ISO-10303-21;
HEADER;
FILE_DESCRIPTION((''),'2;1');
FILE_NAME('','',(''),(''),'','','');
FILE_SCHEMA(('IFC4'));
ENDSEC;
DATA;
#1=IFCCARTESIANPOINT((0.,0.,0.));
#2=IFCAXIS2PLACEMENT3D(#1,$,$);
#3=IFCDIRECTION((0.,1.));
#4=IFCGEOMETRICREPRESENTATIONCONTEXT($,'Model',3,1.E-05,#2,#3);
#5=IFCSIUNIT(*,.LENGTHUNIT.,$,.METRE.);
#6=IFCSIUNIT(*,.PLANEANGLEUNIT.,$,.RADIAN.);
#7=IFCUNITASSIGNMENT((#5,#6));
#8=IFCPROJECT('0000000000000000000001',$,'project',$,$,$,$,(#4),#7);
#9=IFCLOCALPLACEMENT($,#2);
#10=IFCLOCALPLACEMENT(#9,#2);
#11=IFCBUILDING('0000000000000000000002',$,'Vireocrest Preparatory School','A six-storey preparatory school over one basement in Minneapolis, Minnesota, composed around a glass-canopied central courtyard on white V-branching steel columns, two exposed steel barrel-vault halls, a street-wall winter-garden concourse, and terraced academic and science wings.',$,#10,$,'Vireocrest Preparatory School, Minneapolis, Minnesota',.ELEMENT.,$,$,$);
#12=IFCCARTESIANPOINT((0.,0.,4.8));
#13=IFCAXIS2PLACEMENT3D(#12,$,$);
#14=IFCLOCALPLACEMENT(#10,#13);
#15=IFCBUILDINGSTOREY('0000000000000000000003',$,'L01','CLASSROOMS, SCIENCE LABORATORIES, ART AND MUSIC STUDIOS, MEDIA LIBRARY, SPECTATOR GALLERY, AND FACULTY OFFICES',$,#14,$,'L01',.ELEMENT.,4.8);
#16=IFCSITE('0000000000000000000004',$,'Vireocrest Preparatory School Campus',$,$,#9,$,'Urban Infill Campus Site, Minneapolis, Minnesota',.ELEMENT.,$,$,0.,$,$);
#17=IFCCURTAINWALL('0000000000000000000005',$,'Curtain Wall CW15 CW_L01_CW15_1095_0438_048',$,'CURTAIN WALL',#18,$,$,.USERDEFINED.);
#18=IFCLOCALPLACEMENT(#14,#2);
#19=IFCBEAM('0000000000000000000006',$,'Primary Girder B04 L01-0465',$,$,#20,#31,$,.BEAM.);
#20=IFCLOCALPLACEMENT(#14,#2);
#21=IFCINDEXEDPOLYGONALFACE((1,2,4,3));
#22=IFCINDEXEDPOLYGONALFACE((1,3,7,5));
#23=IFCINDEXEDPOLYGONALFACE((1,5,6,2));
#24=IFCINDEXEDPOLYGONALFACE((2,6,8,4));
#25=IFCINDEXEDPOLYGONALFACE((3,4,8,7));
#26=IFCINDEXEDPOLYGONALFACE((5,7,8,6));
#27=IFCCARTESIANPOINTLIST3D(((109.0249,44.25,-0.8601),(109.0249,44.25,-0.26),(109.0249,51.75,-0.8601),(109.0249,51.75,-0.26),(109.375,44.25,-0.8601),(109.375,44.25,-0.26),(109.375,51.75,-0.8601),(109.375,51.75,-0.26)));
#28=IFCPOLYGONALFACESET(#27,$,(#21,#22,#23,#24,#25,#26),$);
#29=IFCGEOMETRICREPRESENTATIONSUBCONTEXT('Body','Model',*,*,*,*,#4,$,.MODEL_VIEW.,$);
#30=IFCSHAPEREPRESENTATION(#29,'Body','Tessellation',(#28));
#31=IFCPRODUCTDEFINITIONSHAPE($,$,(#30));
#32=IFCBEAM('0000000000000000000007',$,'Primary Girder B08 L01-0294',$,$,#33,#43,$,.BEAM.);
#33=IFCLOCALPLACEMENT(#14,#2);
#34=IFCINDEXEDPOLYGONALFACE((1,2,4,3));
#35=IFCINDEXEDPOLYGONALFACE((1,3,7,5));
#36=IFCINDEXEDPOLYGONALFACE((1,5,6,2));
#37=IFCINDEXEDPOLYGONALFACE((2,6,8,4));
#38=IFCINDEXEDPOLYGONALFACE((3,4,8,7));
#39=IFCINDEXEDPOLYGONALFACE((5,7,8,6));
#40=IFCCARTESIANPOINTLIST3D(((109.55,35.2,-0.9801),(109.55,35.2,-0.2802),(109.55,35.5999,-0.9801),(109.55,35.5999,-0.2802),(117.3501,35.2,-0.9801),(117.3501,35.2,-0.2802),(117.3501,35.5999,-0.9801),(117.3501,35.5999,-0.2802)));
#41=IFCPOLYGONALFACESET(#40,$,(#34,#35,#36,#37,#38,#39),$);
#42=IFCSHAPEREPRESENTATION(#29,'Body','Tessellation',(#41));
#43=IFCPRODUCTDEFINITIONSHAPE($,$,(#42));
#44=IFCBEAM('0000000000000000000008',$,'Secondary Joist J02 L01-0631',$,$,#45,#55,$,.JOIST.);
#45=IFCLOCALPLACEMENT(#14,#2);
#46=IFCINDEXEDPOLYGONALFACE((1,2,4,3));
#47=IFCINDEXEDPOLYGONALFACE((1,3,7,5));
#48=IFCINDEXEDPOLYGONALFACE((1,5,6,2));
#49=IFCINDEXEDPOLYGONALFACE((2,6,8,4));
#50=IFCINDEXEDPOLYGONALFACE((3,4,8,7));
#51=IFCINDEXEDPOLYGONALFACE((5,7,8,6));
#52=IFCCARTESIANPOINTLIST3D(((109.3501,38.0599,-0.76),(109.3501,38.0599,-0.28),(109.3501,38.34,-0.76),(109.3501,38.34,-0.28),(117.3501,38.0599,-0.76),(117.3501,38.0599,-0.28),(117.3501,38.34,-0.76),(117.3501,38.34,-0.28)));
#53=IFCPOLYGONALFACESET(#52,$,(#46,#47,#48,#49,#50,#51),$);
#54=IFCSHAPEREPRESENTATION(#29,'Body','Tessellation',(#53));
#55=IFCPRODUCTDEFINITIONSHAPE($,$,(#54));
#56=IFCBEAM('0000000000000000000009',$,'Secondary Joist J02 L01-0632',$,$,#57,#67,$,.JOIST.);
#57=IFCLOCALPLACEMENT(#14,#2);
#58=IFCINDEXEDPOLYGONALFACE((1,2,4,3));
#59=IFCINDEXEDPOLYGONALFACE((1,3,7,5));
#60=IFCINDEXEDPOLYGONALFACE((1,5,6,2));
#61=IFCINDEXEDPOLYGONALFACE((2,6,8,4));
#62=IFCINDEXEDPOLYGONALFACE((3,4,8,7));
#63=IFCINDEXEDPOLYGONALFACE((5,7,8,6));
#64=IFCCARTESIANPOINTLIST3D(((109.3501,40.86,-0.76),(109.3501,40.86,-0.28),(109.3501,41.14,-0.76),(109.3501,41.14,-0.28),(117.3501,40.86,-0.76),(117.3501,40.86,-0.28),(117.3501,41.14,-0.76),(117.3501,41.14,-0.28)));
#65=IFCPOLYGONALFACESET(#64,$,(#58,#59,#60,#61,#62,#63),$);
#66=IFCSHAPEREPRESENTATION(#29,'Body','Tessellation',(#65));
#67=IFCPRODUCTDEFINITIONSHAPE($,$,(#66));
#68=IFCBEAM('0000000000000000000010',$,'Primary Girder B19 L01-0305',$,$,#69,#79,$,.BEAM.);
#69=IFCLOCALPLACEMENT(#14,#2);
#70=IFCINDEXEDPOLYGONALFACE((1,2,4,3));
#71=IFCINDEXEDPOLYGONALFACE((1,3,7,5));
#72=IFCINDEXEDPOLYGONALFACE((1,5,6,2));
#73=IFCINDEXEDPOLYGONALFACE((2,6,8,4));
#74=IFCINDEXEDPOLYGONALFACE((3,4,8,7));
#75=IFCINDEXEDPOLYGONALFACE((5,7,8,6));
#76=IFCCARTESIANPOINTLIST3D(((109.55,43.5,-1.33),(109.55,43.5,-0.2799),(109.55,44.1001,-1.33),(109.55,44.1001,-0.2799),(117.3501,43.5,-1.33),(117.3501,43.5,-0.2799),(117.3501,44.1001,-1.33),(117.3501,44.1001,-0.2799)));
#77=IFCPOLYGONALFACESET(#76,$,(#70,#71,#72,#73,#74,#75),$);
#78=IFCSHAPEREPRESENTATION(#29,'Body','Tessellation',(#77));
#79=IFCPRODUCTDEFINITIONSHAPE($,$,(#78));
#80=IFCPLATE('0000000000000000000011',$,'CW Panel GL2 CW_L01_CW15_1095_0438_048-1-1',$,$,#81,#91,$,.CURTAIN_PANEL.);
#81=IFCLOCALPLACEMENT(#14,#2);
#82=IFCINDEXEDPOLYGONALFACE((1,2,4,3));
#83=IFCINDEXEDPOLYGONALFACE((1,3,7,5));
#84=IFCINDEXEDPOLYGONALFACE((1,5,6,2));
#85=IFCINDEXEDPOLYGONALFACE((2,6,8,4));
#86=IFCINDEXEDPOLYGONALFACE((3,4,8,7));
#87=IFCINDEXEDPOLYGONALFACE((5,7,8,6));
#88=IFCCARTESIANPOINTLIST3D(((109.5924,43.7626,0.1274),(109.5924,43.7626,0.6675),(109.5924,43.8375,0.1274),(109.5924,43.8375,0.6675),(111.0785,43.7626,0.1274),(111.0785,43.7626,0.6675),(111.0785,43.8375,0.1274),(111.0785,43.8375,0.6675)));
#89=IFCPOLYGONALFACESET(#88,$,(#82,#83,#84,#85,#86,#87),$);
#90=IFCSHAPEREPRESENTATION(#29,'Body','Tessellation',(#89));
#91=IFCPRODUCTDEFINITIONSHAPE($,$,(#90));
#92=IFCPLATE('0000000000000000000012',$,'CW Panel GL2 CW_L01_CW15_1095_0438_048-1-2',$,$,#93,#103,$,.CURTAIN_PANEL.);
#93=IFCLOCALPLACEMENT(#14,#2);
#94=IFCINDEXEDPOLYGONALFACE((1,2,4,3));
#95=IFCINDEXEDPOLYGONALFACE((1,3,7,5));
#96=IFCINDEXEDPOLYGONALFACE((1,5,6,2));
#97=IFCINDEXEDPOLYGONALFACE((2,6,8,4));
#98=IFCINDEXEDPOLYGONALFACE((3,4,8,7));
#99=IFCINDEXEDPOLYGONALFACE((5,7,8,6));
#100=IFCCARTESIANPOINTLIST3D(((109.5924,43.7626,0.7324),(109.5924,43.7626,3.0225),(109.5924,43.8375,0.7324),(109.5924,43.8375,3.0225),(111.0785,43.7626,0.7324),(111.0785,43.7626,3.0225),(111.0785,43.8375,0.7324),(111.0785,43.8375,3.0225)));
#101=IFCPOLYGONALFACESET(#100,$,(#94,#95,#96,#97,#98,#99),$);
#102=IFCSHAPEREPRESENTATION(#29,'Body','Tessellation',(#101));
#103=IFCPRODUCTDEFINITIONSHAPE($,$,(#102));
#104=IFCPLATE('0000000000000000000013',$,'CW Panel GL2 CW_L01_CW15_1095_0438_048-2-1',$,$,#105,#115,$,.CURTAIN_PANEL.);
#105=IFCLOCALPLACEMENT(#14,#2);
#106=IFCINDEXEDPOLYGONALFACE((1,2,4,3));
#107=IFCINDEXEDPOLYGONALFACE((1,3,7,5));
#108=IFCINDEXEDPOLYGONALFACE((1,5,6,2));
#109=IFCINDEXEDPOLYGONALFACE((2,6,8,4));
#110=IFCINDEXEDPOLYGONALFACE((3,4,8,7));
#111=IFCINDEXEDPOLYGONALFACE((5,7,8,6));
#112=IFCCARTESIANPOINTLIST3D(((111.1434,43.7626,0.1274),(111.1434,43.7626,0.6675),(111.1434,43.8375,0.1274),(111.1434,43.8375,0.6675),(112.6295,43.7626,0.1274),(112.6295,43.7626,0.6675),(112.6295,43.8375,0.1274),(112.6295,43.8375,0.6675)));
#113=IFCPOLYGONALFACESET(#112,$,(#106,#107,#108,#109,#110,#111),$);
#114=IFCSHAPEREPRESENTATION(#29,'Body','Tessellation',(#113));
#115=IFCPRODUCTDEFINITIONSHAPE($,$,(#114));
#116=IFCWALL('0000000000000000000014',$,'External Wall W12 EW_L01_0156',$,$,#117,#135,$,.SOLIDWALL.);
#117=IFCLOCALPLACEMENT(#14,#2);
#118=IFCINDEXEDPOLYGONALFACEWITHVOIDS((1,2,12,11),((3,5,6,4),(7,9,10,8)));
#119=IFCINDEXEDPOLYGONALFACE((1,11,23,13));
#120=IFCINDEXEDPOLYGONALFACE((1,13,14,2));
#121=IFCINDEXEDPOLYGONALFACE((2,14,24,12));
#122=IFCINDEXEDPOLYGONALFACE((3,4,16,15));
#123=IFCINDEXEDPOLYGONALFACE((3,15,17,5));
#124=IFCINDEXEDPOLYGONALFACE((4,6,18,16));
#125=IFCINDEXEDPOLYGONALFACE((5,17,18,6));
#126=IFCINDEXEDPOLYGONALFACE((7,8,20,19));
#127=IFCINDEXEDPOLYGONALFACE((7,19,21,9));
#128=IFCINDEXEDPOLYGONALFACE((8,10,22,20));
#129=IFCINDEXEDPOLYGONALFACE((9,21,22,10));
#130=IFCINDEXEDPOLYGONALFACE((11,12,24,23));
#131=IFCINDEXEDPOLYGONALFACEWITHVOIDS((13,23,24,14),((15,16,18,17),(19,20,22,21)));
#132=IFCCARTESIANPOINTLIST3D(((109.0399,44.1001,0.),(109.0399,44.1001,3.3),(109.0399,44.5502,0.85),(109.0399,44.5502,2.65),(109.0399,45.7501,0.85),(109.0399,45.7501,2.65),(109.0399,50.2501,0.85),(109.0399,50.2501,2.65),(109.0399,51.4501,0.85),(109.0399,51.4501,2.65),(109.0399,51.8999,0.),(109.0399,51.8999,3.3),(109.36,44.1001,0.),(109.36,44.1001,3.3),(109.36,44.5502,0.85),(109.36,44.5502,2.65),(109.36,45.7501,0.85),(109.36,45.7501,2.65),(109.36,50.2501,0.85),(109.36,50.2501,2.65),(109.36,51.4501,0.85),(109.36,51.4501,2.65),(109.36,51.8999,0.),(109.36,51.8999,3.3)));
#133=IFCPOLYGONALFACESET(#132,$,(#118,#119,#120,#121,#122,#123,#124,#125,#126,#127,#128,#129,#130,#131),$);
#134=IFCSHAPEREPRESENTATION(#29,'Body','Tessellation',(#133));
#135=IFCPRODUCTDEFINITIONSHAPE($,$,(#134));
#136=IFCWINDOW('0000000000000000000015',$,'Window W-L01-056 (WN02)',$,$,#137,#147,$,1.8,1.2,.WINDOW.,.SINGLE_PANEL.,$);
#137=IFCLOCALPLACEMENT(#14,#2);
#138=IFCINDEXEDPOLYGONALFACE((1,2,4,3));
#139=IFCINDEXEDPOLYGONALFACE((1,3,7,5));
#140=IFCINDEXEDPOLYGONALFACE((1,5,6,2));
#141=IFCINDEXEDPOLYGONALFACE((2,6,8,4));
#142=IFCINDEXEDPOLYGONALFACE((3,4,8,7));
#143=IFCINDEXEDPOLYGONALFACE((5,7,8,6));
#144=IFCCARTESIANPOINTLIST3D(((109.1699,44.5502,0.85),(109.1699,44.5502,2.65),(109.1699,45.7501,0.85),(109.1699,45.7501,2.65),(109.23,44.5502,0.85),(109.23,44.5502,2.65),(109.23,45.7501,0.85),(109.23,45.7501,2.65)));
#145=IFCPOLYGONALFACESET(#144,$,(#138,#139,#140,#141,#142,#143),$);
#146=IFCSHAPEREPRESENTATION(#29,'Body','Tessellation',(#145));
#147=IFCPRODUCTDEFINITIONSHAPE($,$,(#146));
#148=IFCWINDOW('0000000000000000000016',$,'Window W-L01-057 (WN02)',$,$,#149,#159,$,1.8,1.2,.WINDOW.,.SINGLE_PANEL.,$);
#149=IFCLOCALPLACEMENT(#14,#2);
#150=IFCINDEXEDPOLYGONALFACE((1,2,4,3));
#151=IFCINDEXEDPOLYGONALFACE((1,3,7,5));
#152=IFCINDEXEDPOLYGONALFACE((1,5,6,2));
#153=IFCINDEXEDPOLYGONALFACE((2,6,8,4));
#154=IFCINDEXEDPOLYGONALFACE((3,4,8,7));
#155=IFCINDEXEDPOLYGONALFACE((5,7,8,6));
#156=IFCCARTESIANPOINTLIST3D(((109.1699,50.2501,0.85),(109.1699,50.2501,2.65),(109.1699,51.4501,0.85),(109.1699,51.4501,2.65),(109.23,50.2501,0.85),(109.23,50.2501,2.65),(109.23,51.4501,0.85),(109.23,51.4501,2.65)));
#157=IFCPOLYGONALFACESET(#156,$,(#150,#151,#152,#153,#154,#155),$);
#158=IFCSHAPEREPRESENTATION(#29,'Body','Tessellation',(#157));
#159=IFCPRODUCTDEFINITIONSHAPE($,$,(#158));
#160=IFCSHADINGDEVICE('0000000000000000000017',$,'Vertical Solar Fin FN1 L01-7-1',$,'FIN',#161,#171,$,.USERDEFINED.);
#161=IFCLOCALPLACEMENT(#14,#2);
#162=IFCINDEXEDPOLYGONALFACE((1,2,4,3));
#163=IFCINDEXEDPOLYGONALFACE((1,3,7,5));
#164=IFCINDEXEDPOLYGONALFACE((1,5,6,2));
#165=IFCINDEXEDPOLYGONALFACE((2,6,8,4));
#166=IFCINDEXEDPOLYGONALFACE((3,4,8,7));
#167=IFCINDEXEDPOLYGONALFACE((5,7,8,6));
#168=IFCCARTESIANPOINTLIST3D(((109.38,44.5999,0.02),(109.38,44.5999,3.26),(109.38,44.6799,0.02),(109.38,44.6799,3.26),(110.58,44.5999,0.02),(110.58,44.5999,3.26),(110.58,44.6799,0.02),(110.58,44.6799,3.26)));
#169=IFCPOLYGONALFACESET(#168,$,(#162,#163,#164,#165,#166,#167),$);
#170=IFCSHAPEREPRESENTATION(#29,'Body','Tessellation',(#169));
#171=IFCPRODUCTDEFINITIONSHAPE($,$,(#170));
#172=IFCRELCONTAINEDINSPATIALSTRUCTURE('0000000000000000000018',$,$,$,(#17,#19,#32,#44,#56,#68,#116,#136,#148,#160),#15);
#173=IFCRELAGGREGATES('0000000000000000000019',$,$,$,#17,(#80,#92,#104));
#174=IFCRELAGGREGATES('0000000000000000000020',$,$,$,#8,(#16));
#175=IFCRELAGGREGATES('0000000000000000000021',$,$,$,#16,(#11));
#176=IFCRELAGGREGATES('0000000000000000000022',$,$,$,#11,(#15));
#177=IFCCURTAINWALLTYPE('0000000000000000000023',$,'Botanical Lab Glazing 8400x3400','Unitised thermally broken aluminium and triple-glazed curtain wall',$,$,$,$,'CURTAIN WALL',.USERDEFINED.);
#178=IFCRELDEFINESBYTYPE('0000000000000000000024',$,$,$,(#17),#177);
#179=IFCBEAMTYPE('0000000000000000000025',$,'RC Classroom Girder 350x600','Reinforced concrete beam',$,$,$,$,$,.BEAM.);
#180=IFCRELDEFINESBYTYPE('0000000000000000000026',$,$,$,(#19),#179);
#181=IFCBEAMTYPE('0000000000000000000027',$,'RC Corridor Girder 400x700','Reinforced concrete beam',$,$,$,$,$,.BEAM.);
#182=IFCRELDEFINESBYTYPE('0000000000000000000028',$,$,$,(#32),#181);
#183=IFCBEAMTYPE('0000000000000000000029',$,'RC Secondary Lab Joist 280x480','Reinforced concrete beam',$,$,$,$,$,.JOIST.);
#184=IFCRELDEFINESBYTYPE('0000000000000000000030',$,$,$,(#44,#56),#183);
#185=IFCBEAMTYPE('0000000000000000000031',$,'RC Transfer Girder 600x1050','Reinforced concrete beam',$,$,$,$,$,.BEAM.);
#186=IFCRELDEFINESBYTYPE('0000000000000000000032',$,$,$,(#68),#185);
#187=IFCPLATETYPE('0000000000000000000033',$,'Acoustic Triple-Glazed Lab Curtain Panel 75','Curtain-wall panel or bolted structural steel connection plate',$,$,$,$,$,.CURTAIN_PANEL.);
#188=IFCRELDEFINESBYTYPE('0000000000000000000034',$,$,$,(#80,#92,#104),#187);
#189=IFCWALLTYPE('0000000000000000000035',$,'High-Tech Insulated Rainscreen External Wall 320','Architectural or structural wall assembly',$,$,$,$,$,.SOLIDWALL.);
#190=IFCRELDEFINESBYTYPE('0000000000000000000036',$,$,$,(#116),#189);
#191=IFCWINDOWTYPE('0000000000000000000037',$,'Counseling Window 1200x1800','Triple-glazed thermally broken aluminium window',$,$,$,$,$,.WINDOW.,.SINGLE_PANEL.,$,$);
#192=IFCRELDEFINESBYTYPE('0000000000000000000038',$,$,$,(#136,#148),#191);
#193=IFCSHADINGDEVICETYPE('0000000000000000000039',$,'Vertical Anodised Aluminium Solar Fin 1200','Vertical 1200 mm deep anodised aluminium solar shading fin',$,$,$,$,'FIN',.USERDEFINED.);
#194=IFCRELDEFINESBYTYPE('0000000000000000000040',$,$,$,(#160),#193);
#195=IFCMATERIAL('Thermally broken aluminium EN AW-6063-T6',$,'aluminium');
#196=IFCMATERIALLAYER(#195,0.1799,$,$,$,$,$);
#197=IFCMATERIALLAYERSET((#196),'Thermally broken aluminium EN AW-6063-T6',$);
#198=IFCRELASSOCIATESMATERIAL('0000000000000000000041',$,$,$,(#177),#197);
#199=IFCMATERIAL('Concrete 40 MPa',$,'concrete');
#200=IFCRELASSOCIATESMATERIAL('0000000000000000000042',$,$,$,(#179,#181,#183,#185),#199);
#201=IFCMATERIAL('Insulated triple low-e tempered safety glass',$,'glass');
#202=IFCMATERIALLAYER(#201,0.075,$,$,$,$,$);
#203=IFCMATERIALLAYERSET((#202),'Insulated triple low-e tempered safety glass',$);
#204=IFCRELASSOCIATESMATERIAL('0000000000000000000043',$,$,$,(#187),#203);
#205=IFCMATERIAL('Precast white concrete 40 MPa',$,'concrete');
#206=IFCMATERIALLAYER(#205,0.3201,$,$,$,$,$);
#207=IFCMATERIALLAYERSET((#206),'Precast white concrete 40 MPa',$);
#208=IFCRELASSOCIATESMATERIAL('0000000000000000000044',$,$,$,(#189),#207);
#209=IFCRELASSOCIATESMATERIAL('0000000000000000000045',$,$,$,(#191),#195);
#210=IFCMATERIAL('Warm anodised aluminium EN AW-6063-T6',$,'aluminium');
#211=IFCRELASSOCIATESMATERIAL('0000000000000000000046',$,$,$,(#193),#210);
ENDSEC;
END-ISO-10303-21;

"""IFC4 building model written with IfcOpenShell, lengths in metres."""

from ifc_helpers import new_model, si_unit, direction, frame, frame_2d, origin, origin_2d, place, context, subcontext, project, spatial, rectangle, extrude, material, layer, layer_set, material_profile, profile_set, type_object, element, fill, aggregate, save


model = new_model("IFC4")

# Units and contexts
model_context = context("Model", 3, precision=1e-05, world=origin(), true_north=direction((0.0, 1.0)))
body_context = subcontext(model_context, "Body", "Model", "MODEL_VIEW")
ifc_project = project(units=[si_unit("LENGTHUNIT", "METRE"), si_unit("PLANEANGLEUNIT", "RADIAN")], contexts=[model_context])

# Site, building, storey
site_placement = place(None, origin())
site = spatial("IfcSite", under=ifc_project, at=site_placement, Name="Vireocrest Preparatory School Campus", LongName="Urban Infill Campus Site, Minneapolis, Minnesota", CompositionType="ELEMENT", RefElevation=0.0)
building_placement = place(site_placement, origin())
building = spatial("IfcBuilding", under=site, at=building_placement, Name="Vireocrest Preparatory School", Description="A six-storey preparatory school over one basement in Minneapolis, Minnesota, composed around a glass-canopied central courtyard on white V-branching steel columns, two exposed steel barrel-vault halls, a street-wall winter-garden concourse, and terraced academic and science wings.", LongName="Vireocrest Preparatory School, Minneapolis, Minnesota", CompositionType="ELEMENT")
storey_placement = place(building_placement, frame((0.0, 0.0, 4.8)))
storey = spatial("IfcBuildingStorey", under=building, at=storey_placement, Name="L01", Description="CLASSROOMS, SCIENCE LABORATORIES, ART AND MUSIC STUDIOS, MEDIA LIBRARY, SPECTATOR GALLERY, AND FACULTY OFFICES", LongName="L01", CompositionType="ELEMENT", Elevation=4.8)

# Curtain wall
ifc_material_1 = material(Name="Thermally broken aluminium EN AW-6063-T6", Category="aluminium")
ifc_layer_1 = layer(ifc_material_1, 0.1799)
ifc_layer_set_1 = layer_set([ifc_layer_1], Name="Thermally broken aluminium EN AW-6063-T6")
curtain_wall_type = type_object("IfcCurtainWallType", Name="Botanical Lab Glazing 8400x3400", Description="Unitised thermally broken aluminium and triple-glazed curtain wall", ElementType="CURTAIN WALL", PredefinedType="USERDEFINED", material=ifc_layer_set_1)
curtain_wall_placement = place(storey_placement, origin())
curtain_wall = element("IfcCurtainWall", 1, at=curtain_wall_placement, inside=storey, type_object=curtain_wall_type, Name="Curtain Wall CW15 CW_L01_CW15_1095_0438_048", ObjectType="CURTAIN WALL", PredefinedType="USERDEFINED")

# Beams
ifc_material_2 = material(Name="Concrete 40 MPa", Category="concrete")
ifc_material_profile_1 = material_profile(ifc_material_2, rectangle(XDim=0.3501, YDim=0.6001, at=origin_2d()), Name="RC 350x600")
ifc_profile_set_1 = profile_set([ifc_material_profile_1], Name="Concrete 40 MPa")
beam_type_1 = type_object("IfcBeamType", Name="RC Classroom Girder 350x600", Description="Reinforced concrete beam", PredefinedType="BEAM", material=ifc_profile_set_1)
beam_1_placement = place(storey_placement, frame((109.2, 44.25, -0.5601), z_axis=(0.0, 1.0, 0.0), x_axis=(-1.0, 0.0, 0.0)))
element("IfcBeam", 2, at=beam_1_placement, inside=storey, type_object=beam_type_1, Name="Primary Girder B04 L01-0465", PredefinedType="BEAM", context=body_context, shape_type="SweptSolid", body=[
    extrude(rectangle(XDim=0.3501, YDim=0.6001, at=origin_2d()), origin(), (0.0, 0.0, 1.0), 7.5),
])
ifc_material_profile_2 = material_profile(ifc_material_2, rectangle(XDim=0.3999, YDim=0.7, at=origin_2d()), Name="RC 400x700")
ifc_profile_set_2 = profile_set([ifc_material_profile_2], Name="Concrete 40 MPa")
beam_type_2 = type_object("IfcBeamType", Name="RC Corridor Girder 400x700", Description="Reinforced concrete beam", PredefinedType="BEAM", material=ifc_profile_set_2)
beam_2_placement = place(storey_placement, frame((109.55, 35.3999, -0.6301), z_axis=(1.0, 0.0, 0.0), x_axis=(0.0, 1.0, 0.0)))
element("IfcBeam", 3, at=beam_2_placement, inside=storey, type_object=beam_type_2, Name="Primary Girder B08 L01-0294", PredefinedType="BEAM", context=body_context, shape_type="SweptSolid", body=[
    extrude(rectangle(XDim=0.3999, YDim=0.7, at=origin_2d()), origin(), (0.0, 0.0, 1.0), 7.8),
])
ifc_material_profile_3 = material_profile(ifc_material_2, rectangle(XDim=0.28, YDim=0.48, at=origin_2d()), Name="RC 280x480")
ifc_profile_set_3 = profile_set([ifc_material_profile_3], Name="Concrete 40 MPa")
beam_type_3 = type_object("IfcBeamType", Name="RC Secondary Lab Joist 280x480", Description="Reinforced concrete beam", PredefinedType="JOIST", material=ifc_profile_set_3)
for number, where, z_axis, x_axis, name in (
    (4, (109.3501, 38.2, -0.52), (1.0, 0.0, 0.0), (0.0, 1.0, 0.0), "Secondary Joist J02 L01-0631"),
    (5, (109.3501, 41.0, -0.52), (1.0, 0.0, 0.0), (0.0, 1.0, 0.0), "Secondary Joist J02 L01-0632"),
):
    element("IfcBeam", number, at=place(storey_placement, frame(where, z_axis=z_axis, x_axis=x_axis)), inside=storey, type_object=beam_type_3, Name=name, PredefinedType="JOIST", context=body_context, shape_type="SweptSolid", body=[
        extrude(rectangle(XDim=0.28, YDim=0.48, at=origin_2d()), origin(), (0.0, 0.0, 1.0), 8.0),
    ])
ifc_material_profile_4 = material_profile(ifc_material_2, rectangle(XDim=0.6001, YDim=1.05, at=origin_2d()), Name="RC 600x1050")
ifc_profile_set_4 = profile_set([ifc_material_profile_4], Name="Concrete 40 MPa")
beam_type_4 = type_object("IfcBeamType", Name="RC Transfer Girder 600x1050", Description="Reinforced concrete beam", PredefinedType="BEAM", material=ifc_profile_set_4)
beam_3_placement = place(storey_placement, frame((109.55, 43.8, -0.8049), z_axis=(1.0, 0.0, 0.0), x_axis=(0.0, 1.0, 0.0)))
element("IfcBeam", 6, at=beam_3_placement, inside=storey, type_object=beam_type_4, Name="Primary Girder B19 L01-0305", PredefinedType="BEAM", context=body_context, shape_type="SweptSolid", body=[
    extrude(rectangle(XDim=0.6001, YDim=1.05, at=origin_2d()), origin(), (0.0, 0.0, 1.0), 7.8),
])

# Plates
ifc_material_3 = material(Name="Insulated triple low-e tempered safety glass", Category="glass")
ifc_layer_2 = layer(ifc_material_3, 0.075)
ifc_layer_set_2 = layer_set([ifc_layer_2], Name="Insulated triple low-e tempered safety glass")
plate_type = type_object("IfcPlateType", Name="Acoustic Triple-Glazed Lab Curtain Panel 75", Description="Curtain-wall panel or bolted structural steel connection plate", PredefinedType="CURTAIN_PANEL", material=ifc_layer_set_2)
plate_1_placement = place(storey_placement, frame((110.3354, 43.8, 0.1274), z_axis=(0.0, 0.0, 1.0), x_axis=(1.0, 0.0, 0.0)))
plate_1 = element("IfcPlate", 7, at=plate_1_placement, type_object=plate_type, Name="CW Panel GL2 CW_L01_CW15_1095_0438_048-1-1", PredefinedType="CURTAIN_PANEL", context=body_context, shape_type="SweptSolid", body=[
    extrude(rectangle(XDim=1.4861, YDim=0.075, at=origin_2d()), origin(), (0.0, 0.0, 1.0), 0.54),
])
plate_2_placement = place(storey_placement, frame((110.3354, 43.8, 0.7324), z_axis=(0.0, 0.0, 1.0), x_axis=(1.0, 0.0, 0.0)))
plate_2 = element("IfcPlate", 8, at=plate_2_placement, type_object=plate_type, Name="CW Panel GL2 CW_L01_CW15_1095_0438_048-1-2", PredefinedType="CURTAIN_PANEL", context=body_context, shape_type="SweptSolid", body=[
    extrude(rectangle(XDim=1.4861, YDim=0.075, at=origin_2d()), origin(), (0.0, 0.0, 1.0), 2.29),
])
plate_3_placement = place(storey_placement, frame((111.8865, 43.8, 0.1274), z_axis=(0.0, 0.0, 1.0), x_axis=(1.0, 0.0, 0.0)))
plate_3 = element("IfcPlate", 9, at=plate_3_placement, type_object=plate_type, Name="CW Panel GL2 CW_L01_CW15_1095_0438_048-2-1", PredefinedType="CURTAIN_PANEL", context=body_context, shape_type="SweptSolid", body=[
    extrude(rectangle(XDim=1.4861, YDim=0.075, at=origin_2d()), origin(), (0.0, 0.0, 1.0), 0.54),
])
aggregate(curtain_wall, [plate_1, plate_2, plate_3])

# Wall, openings, windows
ifc_material_4 = material(Name="Precast white concrete 40 MPa", Category="concrete")
ifc_layer_3 = layer(ifc_material_4, 0.3201)
ifc_layer_set_3 = layer_set([ifc_layer_3], Name="Precast white concrete 40 MPa")
wall_type = type_object("IfcWallType", Name="High-Tech Insulated Rainscreen External Wall 320", Description="Architectural or structural wall assembly", PredefinedType="SOLIDWALL", material=ifc_layer_set_3)
wall_placement = place(storey_placement, frame((109.2, 44.1001, 0.0), z_axis=(0.0, 0.0, 1.0), x_axis=(0.0, 1.0, 0.0)))
wall = element("IfcWall", 10, at=wall_placement, inside=storey, type_object=wall_type, Name="External Wall W12 EW_L01_0156", PredefinedType="SOLIDWALL", context=body_context, shape_type="SweptSolid", body=[
    extrude(rectangle(XDim=7.7998, YDim=0.3201, at=frame_2d((3.8999, 0.0))), origin(), (0.0, 0.0, 1.0), 3.3),
])
opening_1_placement = place(wall_placement, frame((0.45, 0.0, 0.8501)))
opening_1 = element("IfcOpeningElement", 11, at=opening_1_placement, cuts=wall, PredefinedType="OPENING", context=body_context, shape_type="SweptSolid", body=[
    extrude(rectangle(XDim=1.2, YDim=1.8, at=frame_2d((0.6001, 0.8999))), frame((0.0, 0.1699, 0.0), z_axis=(0.0, -1.0, 0.0), x_axis=(1.0, 0.0, 0.0)), (0.0, 0.0, 1.0), 0.3401),
])
opening_2_placement = place(wall_placement, frame((6.1499, 0.0, 0.8501)))
opening_2 = element("IfcOpeningElement", 12, at=opening_2_placement, cuts=wall, PredefinedType="OPENING", context=body_context, shape_type="SweptSolid", body=[
    extrude(rectangle(XDim=1.2, YDim=1.8, at=frame_2d((0.6001, 0.8999))), frame((0.0, 0.1699, 0.0), z_axis=(0.0, -1.0, 0.0), x_axis=(1.0, 0.0, 0.0)), (0.0, 0.0, 1.0), 0.3401),
])
window_type = type_object("IfcWindowType", Name="Counseling Window 1200x1800", Description="Triple-glazed thermally broken aluminium window", PartitioningType="SINGLE_PANEL", PredefinedType="WINDOW", material=ifc_material_1)
window_1_placement = place(opening_1_placement, origin())
window_1 = element("IfcWindow", 13, at=window_1_placement, inside=storey, type_object=window_type, Name="Window W-L01-056 (WN02)", OverallHeight=1.8, OverallWidth=1.2, PartitioningType="SINGLE_PANEL", PredefinedType="WINDOW", context=body_context, shape_type="SweptSolid", body=[
    extrude(rectangle(XDim=1.2, YDim=1.8, at=frame_2d((0.6001, 0.8999))), frame((0.0, 0.03, 0.0), z_axis=(0.0, -1.0, 0.0), x_axis=(1.0, 0.0, 0.0)), (0.0, 0.0, 1.0), 0.0601),
])
fill(opening_1, window_1)
window_2_placement = place(opening_2_placement, origin())
window_2 = element("IfcWindow", 14, at=window_2_placement, inside=storey, type_object=window_type, Name="Window W-L01-057 (WN02)", OverallHeight=1.8, OverallWidth=1.2, PartitioningType="SINGLE_PANEL", PredefinedType="WINDOW", context=body_context, shape_type="SweptSolid", body=[
    extrude(rectangle(XDim=1.2, YDim=1.8, at=frame_2d((0.6001, 0.8999))), frame((0.0, 0.03, 0.0), z_axis=(0.0, -1.0, 0.0), x_axis=(1.0, 0.0, 0.0)), (0.0, 0.0, 1.0), 0.0601),
])
fill(opening_2, window_2)

# Shading device
ifc_material_5 = material(Name="Warm anodised aluminium EN AW-6063-T6", Category="aluminium")
ifc_material_profile_5 = material_profile(ifc_material_5, rectangle(XDim=0.0801, YDim=1.2, at=origin_2d()), Name="FIN 80x1200")
ifc_profile_set_5 = profile_set([ifc_material_profile_5], Name="Warm anodised aluminium EN AW-6063-T6")
shading_device_type = type_object("IfcShadingDeviceType", Name="Vertical Anodised Aluminium Solar Fin 1200", Description="Vertical 1200 mm deep anodised aluminium solar shading fin", ElementType="FIN", PredefinedType="USERDEFINED", material=ifc_profile_set_5)
for number, where, z_axis, x_axis, name in (
    (15, (109.98, 44.6399, 0.02), (0.0, 0.0, 1.0), (0.0, -1.0, 0.0), "Vertical Solar Fin FN1 L01-7-1"),
):
    element("IfcShadingDevice", number, at=place(storey_placement, frame(where, z_axis=z_axis, x_axis=x_axis)), inside=storey, type_object=shading_device_type, Name=name, ObjectType="FIN", PredefinedType="USERDEFINED", context=body_context, shape_type="SweptSolid", body=[
        extrude(rectangle(XDim=0.0801, YDim=1.2, at=origin_2d()), origin(), (0.0, 0.0, 1.0), 3.24),
    ])

save(model, "model.ifc")
